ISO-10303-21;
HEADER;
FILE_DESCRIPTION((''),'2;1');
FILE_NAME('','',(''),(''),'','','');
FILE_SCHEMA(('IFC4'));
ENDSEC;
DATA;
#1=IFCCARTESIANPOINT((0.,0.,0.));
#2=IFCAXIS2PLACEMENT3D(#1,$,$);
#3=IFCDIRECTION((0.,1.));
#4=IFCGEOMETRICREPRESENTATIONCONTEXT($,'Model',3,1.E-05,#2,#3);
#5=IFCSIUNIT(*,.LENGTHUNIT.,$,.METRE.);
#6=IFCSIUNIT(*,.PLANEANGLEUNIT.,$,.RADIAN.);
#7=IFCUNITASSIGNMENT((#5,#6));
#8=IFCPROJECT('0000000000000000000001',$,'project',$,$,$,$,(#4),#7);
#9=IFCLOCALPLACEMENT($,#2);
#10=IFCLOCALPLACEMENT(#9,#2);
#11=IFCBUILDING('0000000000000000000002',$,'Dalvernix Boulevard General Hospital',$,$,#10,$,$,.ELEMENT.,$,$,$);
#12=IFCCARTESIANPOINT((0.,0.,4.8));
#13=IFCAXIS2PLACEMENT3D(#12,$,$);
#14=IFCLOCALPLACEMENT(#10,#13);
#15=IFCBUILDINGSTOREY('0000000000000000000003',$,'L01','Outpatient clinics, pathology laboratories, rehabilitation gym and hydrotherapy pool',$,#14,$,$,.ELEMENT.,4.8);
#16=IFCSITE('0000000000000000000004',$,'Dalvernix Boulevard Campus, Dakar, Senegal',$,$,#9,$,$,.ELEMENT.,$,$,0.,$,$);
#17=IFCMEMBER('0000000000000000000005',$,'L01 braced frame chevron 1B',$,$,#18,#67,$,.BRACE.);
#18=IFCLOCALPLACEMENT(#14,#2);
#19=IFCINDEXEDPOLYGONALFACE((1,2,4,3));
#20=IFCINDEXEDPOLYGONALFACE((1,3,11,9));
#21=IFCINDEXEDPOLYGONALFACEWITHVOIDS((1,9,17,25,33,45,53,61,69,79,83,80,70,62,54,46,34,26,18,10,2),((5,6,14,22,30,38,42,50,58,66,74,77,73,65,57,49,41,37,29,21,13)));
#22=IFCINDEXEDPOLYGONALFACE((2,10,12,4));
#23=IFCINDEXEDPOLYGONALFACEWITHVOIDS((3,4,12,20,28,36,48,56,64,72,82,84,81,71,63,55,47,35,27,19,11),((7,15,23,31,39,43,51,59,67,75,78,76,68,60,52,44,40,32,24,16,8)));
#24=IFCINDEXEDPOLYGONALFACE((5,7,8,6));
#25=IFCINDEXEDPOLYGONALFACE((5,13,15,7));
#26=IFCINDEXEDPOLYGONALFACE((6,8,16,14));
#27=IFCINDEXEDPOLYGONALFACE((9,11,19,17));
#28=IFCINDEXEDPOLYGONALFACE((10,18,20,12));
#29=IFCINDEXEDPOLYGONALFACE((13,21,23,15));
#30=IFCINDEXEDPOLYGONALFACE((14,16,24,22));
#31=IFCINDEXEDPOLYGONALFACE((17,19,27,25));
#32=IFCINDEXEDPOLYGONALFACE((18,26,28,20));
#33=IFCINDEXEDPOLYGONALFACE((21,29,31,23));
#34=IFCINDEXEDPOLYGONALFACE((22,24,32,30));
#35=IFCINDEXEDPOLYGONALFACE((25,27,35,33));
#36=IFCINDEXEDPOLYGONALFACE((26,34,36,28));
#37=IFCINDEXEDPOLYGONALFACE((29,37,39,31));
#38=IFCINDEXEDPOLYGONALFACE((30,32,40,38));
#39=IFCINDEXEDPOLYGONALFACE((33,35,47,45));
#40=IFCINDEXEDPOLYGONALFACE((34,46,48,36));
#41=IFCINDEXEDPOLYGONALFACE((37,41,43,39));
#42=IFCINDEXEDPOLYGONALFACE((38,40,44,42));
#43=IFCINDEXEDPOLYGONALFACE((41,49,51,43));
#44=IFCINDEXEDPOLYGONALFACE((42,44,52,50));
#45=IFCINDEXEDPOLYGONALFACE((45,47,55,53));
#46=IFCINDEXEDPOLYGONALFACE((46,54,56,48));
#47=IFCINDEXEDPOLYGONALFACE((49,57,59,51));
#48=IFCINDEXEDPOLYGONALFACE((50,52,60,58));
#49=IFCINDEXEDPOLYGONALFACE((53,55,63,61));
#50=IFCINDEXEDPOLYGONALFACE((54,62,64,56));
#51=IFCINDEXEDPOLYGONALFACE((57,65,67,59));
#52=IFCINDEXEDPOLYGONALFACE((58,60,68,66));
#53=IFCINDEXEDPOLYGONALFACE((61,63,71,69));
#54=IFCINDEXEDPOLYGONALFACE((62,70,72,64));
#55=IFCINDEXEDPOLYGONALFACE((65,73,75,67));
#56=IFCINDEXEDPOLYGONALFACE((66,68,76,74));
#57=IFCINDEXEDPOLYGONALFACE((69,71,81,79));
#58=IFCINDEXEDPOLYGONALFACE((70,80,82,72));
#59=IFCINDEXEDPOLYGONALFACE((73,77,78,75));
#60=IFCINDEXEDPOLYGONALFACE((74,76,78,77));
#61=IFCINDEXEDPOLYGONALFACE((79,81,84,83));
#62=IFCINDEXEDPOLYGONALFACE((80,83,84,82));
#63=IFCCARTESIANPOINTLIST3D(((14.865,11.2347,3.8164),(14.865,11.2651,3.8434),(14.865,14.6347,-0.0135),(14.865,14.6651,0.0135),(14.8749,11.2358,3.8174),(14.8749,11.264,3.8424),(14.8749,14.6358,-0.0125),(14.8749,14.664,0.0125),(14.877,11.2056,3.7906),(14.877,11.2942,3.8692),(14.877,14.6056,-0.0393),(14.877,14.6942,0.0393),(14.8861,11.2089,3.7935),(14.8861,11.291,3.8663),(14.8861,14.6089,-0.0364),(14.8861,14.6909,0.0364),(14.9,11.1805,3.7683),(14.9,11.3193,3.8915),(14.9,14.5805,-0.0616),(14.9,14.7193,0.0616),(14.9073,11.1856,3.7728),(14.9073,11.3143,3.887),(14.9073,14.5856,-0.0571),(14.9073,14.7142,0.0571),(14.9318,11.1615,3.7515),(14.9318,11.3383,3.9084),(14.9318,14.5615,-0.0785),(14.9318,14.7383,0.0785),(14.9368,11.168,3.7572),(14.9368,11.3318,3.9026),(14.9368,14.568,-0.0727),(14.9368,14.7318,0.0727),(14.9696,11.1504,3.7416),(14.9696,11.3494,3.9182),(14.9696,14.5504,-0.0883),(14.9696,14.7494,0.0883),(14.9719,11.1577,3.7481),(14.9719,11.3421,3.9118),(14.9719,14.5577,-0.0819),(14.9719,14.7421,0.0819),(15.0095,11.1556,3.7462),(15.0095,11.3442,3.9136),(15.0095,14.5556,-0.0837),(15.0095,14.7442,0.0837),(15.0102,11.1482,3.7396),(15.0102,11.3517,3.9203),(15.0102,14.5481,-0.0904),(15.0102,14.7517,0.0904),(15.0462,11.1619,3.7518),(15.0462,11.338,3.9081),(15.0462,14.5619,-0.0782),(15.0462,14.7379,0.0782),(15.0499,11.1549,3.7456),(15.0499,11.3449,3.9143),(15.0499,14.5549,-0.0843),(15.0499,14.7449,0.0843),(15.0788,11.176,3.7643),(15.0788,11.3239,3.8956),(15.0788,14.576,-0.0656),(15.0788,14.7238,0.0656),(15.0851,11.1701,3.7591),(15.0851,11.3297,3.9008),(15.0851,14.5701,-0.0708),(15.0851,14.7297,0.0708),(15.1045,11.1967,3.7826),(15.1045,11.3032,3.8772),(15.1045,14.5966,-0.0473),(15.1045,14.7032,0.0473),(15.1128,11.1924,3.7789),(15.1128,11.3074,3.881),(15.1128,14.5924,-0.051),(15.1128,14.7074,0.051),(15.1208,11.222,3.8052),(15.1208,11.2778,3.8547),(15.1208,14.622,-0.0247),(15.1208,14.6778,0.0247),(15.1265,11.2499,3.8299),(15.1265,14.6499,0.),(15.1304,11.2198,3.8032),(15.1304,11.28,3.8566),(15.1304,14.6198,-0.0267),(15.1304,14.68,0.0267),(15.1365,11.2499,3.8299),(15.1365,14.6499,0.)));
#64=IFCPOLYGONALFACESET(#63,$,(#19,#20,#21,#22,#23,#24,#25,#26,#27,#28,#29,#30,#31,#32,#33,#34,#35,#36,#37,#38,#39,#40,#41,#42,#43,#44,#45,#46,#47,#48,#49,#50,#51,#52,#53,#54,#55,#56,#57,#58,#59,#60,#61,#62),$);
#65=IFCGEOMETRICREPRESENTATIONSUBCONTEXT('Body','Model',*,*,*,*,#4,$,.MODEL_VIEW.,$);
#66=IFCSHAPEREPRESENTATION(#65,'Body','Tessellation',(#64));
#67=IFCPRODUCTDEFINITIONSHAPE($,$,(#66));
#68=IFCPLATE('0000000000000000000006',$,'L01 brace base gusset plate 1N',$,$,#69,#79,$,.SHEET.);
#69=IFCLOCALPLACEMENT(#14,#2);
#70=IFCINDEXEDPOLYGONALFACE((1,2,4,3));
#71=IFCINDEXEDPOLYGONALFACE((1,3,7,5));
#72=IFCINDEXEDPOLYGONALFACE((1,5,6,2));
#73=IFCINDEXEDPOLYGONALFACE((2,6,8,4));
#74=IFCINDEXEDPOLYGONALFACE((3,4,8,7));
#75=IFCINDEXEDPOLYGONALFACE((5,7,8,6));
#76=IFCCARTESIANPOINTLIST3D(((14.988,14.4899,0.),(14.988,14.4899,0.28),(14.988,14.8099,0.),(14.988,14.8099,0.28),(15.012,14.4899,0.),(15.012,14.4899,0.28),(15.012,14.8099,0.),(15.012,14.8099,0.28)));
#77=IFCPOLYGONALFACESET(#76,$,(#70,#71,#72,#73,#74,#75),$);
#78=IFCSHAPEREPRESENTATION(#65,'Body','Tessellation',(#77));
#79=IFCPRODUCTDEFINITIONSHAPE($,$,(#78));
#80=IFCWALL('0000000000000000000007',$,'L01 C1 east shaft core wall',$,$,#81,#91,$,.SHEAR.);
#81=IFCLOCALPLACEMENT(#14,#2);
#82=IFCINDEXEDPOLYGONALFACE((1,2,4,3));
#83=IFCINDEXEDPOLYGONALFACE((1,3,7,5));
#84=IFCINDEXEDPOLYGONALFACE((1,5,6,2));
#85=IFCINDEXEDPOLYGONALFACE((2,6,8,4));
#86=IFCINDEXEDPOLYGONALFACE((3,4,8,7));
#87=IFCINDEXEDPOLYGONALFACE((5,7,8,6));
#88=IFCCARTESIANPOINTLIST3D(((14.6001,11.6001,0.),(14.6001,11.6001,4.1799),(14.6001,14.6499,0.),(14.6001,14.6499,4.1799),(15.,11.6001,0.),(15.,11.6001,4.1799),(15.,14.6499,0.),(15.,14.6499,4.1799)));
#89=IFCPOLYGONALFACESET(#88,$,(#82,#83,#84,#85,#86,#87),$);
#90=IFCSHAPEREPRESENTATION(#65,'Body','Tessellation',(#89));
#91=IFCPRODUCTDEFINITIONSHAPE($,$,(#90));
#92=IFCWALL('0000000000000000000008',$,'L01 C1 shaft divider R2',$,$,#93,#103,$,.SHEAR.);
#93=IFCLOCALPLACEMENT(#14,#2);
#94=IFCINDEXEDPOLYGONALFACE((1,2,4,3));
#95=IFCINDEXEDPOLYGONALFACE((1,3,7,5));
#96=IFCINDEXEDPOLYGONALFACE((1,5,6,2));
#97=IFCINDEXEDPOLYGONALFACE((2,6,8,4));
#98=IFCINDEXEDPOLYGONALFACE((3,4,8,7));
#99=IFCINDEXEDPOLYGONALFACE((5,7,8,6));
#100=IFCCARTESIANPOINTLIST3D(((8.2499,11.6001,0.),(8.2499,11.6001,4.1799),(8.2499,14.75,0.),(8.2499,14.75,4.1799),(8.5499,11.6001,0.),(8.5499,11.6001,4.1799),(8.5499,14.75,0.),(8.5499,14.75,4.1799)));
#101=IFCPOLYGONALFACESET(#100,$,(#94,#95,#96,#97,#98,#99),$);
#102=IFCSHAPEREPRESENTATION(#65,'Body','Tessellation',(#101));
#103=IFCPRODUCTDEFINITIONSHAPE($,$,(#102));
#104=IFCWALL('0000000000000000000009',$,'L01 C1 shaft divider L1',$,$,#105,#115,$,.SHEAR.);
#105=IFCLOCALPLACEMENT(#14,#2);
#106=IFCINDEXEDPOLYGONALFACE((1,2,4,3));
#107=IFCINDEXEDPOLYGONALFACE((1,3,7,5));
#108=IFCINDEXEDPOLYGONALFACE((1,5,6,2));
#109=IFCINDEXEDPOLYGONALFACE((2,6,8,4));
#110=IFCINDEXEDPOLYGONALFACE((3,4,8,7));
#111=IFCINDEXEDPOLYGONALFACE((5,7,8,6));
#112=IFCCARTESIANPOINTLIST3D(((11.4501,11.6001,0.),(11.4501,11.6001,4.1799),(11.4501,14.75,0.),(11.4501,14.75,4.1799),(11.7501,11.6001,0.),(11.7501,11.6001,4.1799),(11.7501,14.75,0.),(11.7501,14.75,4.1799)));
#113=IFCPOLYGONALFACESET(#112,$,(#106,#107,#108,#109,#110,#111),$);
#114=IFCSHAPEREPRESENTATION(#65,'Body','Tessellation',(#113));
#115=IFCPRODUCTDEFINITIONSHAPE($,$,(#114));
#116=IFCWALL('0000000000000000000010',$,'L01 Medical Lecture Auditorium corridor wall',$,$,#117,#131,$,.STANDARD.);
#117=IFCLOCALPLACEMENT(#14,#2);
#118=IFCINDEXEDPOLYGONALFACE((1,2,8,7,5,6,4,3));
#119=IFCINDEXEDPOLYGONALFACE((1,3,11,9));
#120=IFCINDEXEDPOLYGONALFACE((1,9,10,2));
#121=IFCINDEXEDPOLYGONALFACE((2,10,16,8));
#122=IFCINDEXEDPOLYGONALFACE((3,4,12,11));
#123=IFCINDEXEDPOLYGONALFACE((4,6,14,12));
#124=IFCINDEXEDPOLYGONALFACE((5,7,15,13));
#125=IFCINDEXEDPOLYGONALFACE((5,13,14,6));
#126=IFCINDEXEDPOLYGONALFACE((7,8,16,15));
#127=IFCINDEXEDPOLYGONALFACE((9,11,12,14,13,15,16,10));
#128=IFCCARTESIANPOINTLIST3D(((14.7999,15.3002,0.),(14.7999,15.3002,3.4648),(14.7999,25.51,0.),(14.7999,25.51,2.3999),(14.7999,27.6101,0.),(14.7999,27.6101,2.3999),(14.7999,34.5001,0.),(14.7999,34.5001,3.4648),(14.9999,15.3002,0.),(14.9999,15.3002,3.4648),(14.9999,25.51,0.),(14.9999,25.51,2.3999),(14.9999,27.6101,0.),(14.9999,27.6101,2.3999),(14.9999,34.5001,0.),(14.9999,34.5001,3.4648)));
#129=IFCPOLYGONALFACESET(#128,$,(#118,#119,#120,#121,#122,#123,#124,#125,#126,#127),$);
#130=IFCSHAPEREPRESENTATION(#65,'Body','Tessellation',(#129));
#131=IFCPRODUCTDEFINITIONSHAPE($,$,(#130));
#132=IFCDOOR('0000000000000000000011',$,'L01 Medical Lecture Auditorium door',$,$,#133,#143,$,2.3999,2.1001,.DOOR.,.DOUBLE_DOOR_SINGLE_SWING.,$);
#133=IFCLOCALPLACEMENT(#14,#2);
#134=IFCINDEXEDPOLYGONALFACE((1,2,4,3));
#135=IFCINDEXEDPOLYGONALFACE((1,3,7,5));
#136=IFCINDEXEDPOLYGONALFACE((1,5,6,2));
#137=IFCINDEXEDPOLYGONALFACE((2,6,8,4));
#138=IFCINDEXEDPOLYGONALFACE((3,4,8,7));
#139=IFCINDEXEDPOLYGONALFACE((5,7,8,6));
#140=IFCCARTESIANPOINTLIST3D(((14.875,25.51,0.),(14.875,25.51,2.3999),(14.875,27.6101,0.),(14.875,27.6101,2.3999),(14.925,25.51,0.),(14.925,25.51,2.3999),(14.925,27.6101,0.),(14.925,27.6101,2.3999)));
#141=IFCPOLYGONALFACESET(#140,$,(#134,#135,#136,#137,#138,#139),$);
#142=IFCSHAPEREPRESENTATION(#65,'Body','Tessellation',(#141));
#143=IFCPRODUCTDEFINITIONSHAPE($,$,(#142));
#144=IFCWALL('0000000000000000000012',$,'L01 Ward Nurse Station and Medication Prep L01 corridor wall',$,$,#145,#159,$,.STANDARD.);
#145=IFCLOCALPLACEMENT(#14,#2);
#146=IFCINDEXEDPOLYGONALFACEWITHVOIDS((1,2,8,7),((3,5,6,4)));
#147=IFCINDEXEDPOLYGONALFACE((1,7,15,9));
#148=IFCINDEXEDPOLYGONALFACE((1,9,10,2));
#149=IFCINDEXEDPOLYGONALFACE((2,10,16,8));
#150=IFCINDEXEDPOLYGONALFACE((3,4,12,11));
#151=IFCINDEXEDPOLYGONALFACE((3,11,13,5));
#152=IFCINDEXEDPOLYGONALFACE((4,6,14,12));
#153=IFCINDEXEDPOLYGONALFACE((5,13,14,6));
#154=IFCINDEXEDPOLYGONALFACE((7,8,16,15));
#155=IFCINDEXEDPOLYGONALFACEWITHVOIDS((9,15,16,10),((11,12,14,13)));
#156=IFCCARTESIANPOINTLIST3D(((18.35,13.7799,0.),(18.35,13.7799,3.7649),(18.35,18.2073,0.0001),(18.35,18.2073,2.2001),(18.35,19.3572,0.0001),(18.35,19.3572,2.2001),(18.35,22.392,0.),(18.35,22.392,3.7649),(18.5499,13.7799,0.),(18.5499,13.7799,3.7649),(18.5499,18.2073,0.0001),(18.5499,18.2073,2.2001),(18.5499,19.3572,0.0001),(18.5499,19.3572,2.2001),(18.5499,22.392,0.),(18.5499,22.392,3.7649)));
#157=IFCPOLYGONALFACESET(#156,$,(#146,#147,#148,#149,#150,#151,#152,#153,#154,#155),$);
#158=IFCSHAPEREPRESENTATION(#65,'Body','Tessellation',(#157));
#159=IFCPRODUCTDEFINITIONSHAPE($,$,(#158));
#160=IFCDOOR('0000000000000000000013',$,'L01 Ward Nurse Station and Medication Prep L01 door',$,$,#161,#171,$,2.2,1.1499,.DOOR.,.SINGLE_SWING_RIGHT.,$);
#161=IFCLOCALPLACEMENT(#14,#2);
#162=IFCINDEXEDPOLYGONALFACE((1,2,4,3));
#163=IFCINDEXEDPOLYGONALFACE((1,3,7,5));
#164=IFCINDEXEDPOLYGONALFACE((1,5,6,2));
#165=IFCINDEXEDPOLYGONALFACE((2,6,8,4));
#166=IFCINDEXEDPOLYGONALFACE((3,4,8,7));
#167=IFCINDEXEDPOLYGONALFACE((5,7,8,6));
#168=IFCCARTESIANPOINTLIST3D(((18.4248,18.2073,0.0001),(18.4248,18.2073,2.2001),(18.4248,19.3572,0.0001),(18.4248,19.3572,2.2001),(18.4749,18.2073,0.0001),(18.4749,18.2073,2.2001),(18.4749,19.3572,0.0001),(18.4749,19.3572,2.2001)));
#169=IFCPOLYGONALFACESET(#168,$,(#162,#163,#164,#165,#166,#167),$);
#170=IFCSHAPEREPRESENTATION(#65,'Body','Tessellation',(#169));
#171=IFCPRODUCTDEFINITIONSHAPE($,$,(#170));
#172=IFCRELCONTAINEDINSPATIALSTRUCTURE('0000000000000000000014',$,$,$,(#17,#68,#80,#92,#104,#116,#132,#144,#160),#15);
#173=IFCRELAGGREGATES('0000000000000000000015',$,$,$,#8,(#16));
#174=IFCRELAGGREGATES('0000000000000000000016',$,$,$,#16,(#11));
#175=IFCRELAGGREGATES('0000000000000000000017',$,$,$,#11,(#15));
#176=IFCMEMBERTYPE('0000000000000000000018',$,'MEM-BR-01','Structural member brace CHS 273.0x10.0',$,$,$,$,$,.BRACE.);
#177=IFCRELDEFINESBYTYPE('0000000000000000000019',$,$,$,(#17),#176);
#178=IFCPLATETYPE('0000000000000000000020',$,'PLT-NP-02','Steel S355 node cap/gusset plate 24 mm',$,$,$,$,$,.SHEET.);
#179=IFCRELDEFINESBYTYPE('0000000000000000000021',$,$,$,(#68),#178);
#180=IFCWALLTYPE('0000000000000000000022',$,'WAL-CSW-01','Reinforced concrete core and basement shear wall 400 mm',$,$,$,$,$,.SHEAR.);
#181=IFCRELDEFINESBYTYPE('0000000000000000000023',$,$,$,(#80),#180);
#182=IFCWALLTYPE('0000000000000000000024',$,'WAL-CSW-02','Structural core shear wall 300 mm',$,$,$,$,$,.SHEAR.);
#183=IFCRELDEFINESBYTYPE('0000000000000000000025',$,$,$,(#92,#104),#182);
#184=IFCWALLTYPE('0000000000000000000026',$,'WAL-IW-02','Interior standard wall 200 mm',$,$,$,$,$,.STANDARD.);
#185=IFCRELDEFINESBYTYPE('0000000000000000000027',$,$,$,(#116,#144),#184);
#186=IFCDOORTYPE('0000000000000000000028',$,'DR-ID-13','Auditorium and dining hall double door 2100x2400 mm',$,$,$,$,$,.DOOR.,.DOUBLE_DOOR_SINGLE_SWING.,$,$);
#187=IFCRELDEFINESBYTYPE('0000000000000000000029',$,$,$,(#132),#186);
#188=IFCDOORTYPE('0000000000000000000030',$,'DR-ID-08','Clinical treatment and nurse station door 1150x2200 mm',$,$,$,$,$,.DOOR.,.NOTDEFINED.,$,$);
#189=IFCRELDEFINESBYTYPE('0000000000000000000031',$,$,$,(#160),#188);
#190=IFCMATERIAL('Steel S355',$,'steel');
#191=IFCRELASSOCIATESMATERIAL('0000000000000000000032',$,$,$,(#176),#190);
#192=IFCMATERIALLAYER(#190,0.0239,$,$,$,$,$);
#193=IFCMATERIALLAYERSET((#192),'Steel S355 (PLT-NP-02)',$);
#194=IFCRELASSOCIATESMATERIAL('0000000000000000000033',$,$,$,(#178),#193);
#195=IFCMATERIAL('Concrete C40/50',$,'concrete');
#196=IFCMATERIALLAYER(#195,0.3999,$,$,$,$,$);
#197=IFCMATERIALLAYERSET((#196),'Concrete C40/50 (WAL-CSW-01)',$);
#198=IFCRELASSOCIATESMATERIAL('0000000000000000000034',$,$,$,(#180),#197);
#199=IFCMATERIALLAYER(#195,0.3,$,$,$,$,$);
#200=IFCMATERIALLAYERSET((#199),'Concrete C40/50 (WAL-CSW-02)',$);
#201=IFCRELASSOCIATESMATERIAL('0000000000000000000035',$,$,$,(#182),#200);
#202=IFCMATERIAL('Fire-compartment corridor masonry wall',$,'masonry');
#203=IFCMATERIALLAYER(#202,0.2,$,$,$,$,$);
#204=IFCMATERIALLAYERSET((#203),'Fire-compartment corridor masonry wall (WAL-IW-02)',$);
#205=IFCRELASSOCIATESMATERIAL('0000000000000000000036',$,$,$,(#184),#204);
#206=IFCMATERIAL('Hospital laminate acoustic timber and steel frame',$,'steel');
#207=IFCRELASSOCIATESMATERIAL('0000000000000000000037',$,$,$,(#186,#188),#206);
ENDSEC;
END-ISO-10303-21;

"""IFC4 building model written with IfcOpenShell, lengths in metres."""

from ifc_helpers import new_model, si_unit, direction, frame, frame_2d, origin, origin_2d, place, context, subcontext, project, spatial, rectangle, hollow_circle, extrude, material, layer, layer_set, material_profile, profile_set, type_object, element, fill, save


model = new_model("IFC4")

# Units and contexts
model_context = context("Model", 3, precision=1e-05, world=origin(), true_north=direction((0.0, 1.0)))
body_context = subcontext(model_context, "Body", "Model", "MODEL_VIEW")
ifc_project = project(units=[si_unit("LENGTHUNIT", "METRE"), si_unit("PLANEANGLEUNIT", "RADIAN")], contexts=[model_context])

# Site, building, storey
site_placement = place(None, origin())
site = spatial("IfcSite", under=ifc_project, at=site_placement, Name="Dalvernix Boulevard Campus, Dakar, Senegal", CompositionType="ELEMENT", RefElevation=0.0)
building_placement = place(site_placement, origin())
building = spatial("IfcBuilding", under=site, at=building_placement, Name="Dalvernix Boulevard General Hospital", CompositionType="ELEMENT")
storey_placement = place(building_placement, frame((0.0, 0.0, 4.8)))
storey = spatial("IfcBuildingStorey", under=building, at=storey_placement, Name="L01", Description="Outpatient clinics, pathology laboratories, rehabilitation gym and hydrotherapy pool", CompositionType="ELEMENT", Elevation=4.8)

# Shared definitions
ifc_material_1 = material(Name="Concrete C40/50", Category="concrete")

# Member
ifc_material_2 = material(Name="Steel S355", Category="steel")
ifc_material_profile_1 = material_profile(ifc_material_2, hollow_circle(Radius=0.1365, WallThickness=0.01, at=origin_2d()), Name="CHS 273.0x10.0")
ifc_profile_set_1 = profile_set([ifc_material_profile_1], Name="Steel S355")
member_type = type_object("IfcMemberType", Name="MEM-BR-01", Description="Structural member brace CHS 273.0x10.0", PredefinedType="BRACE", material=ifc_profile_set_1)
member_placement = place(storey_placement, frame((15.0, 14.6499, 0.0), z_axis=(0.0, -0.663884, 0.747835), x_axis=(1.0, 0.0, 0.0)))
element("IfcMember", 1, at=member_placement, inside=storey, type_object=member_type, Name="L01 braced frame chevron 1B", PredefinedType="BRACE", context=body_context, shape_type="SweptSolid", body=[
    extrude(hollow_circle(Radius=0.1365, WallThickness=0.01, at=origin_2d()), origin(), (0.0, 0.0, 1.0), 5.1213),
])

# Plate
ifc_layer_1 = layer(ifc_material_2, 0.0239)
ifc_layer_set_1 = layer_set([ifc_layer_1], Name="Steel S355 (PLT-NP-02)")
plate_type = type_object("IfcPlateType", Name="PLT-NP-02", Description="Steel S355 node cap/gusset plate 24 mm", PredefinedType="SHEET", material=ifc_layer_set_1)
plate_placement = place(storey_placement, frame((15.0, 14.6499, 0.0), z_axis=(0.0, 0.0, 1.0), x_axis=(0.0, 1.0, 0.0)))
element("IfcPlate", 2, at=plate_placement, inside=storey, type_object=plate_type, Name="L01 brace base gusset plate 1N", PredefinedType="SHEET", context=body_context, shape_type="SweptSolid", body=[
    extrude(rectangle(XDim=0.3201, YDim=0.0239, at=origin_2d()), origin(), (0.0, 0.0, 1.0), 0.28),
])

# Walls
ifc_layer_2 = layer(ifc_material_1, 0.3999)
ifc_layer_set_2 = layer_set([ifc_layer_2], Name="Concrete C40/50 (WAL-CSW-01)")
wall_type_1 = type_object("IfcWallType", Name="WAL-CSW-01", Description="Reinforced concrete core and basement shear wall 400 mm", PredefinedType="SHEAR", material=ifc_layer_set_2)
wall_1_placement = place(storey_placement, frame((14.8, 11.6001, 0.0), z_axis=(0.0, 0.0, 1.0), x_axis=(0.0, 1.0, 0.0)))
element("IfcWall", 3, at=wall_1_placement, inside=storey, type_object=wall_type_1, Name="L01 C1 east shaft core wall", PredefinedType="SHEAR", context=body_context, shape_type="SweptSolid", body=[
    extrude(rectangle(XDim=3.0498, YDim=0.3999, at=frame_2d((1.5249, 0.0))), origin(), (0.0, 0.0, 1.0), 4.1799),
])
ifc_layer_3 = layer(ifc_material_1, 0.3)
ifc_layer_set_3 = layer_set([ifc_layer_3], Name="Concrete C40/50 (WAL-CSW-02)")
wall_type_2 = type_object("IfcWallType", Name="WAL-CSW-02", Description="Structural core shear wall 300 mm", PredefinedType="SHEAR", material=ifc_layer_set_3)
for number, where, z_axis, x_axis, name in (
    (4, (8.3999, 11.6001, 0.0), (0.0, 0.0, 1.0), (0.0, 1.0, 0.0), "L01 C1 shaft divider R2"),
    (5, (11.6001, 11.6001, 0.0), (0.0, 0.0, 1.0), (0.0, 1.0, 0.0), "L01 C1 shaft divider L1"),
):
    element("IfcWall", number, at=place(storey_placement, frame(where, z_axis=z_axis, x_axis=x_axis)), inside=storey, type_object=wall_type_2, Name=name, PredefinedType="SHEAR", context=body_context, shape_type="SweptSolid", body=[
        extrude(rectangle(XDim=3.1499, YDim=0.3, at=frame_2d((1.575, 0.0))), origin(), (0.0, 0.0, 1.0), 4.1799),
    ])

# Walls, openings, doors
ifc_material_3 = material(Name="Fire-compartment corridor masonry wall", Category="masonry")
ifc_layer_4 = layer(ifc_material_3, 0.2)
ifc_layer_set_4 = layer_set([ifc_layer_4], Name="Fire-compartment corridor masonry wall (WAL-IW-02)")
wall_type_3 = type_object("IfcWallType", Name="WAL-IW-02", Description="Interior standard wall 200 mm", PredefinedType="STANDARD", material=ifc_layer_set_4)
wall_2_placement = place(storey_placement, frame((14.8999, 15.3, 0.0), z_axis=(0.0, 0.0, 1.0), x_axis=(0.0, 1.0, 0.0)))
wall_2 = element("IfcWall", 6, at=wall_2_placement, inside=storey, type_object=wall_type_3, Name="L01 Medical Lecture Auditorium corridor wall", PredefinedType="STANDARD", context=body_context, shape_type="SweptSolid", body=[
    extrude(rectangle(XDim=19.2, YDim=0.2, at=frame_2d((9.6001, 0.0))), origin(), (0.0, 0.0, 1.0), 3.4648),
])
opening_1_placement = place(wall_2_placement, frame((10.21, 0.0, 0.0)))
opening_1 = element("IfcOpeningElement", 7, at=opening_1_placement, cuts=wall_2, PredefinedType="OPENING", context=body_context, shape_type="SweptSolid", body=[
    extrude(rectangle(XDim=2.1001, YDim=2.3999, at=frame_2d((1.05, 1.2))), frame((0.0, 0.1099, 0.0), z_axis=(0.0, -1.0, 0.0), x_axis=(1.0, 0.0, 0.0)), (0.0, 0.0, 1.0), 0.22),
])
ifc_material_4 = material(Name="Hospital laminate acoustic timber and steel frame", Category="steel")
door_type_1 = type_object("IfcDoorType", Name="DR-ID-13", Description="Auditorium and dining hall double door 2100x2400 mm", OperationType="DOUBLE_DOOR_SINGLE_SWING", PredefinedType="DOOR", material=ifc_material_4)
door_1_placement = place(opening_1_placement, origin())
door_1 = element("IfcDoor", 8, at=door_1_placement, inside=storey, type_object=door_type_1, Name="L01 Medical Lecture Auditorium door", OperationType="DOUBLE_DOOR_SINGLE_SWING", OverallHeight=2.3999, OverallWidth=2.1001, PredefinedType="DOOR", context=body_context, shape_type="SweptSolid", body=[
    extrude(rectangle(XDim=2.1001, YDim=2.3999, at=frame_2d((1.05, 1.2))), frame((0.0, 0.0249, 0.0), z_axis=(0.0, -1.0, 0.0), x_axis=(1.0, 0.0, 0.0)), (0.0, 0.0, 1.0), 0.05),
])
fill(opening_1, door_1)
wall_3_placement = place(storey_placement, frame((18.45, 22.3921, 0.0), z_axis=(0.0, 0.0, 1.0), x_axis=(0.0, -1.0, 0.0)))
wall_3 = element("IfcWall", 9, at=wall_3_placement, inside=storey, type_object=wall_type_3, Name="L01 Ward Nurse Station and Medication Prep L01 corridor wall", PredefinedType="STANDARD", context=body_context, shape_type="SweptSolid", body=[
    extrude(rectangle(XDim=8.6121, YDim=0.2, at=frame_2d((4.3062, 0.0))), origin(), (0.0, 0.0, 1.0), 3.7649),
])
opening_2_placement = place(wall_3_placement, frame((3.0349, 0.0, 0.0)))
opening_2 = element("IfcOpeningElement", 10, at=opening_2_placement, cuts=wall_3, PredefinedType="OPENING", context=body_context, shape_type="SweptSolid", body=[
    extrude(rectangle(XDim=1.1499, YDim=2.2, at=frame_2d((0.575, 1.1001))), frame((0.0, 0.1099, 0.0), z_axis=(0.0, -1.0, 0.0), x_axis=(1.0, 0.0, 0.0)), (0.0, 0.0, 1.0), 0.22),
])
door_type_2 = type_object("IfcDoorType", Name="DR-ID-08", Description="Clinical treatment and nurse station door 1150x2200 mm", OperationType="NOTDEFINED", PredefinedType="DOOR", material=ifc_material_4)
door_2_placement = place(opening_2_placement, origin())
door_2 = element("IfcDoor", 11, at=door_2_placement, inside=storey, type_object=door_type_2, Name="L01 Ward Nurse Station and Medication Prep L01 door", OperationType="SINGLE_SWING_RIGHT", OverallHeight=2.2, OverallWidth=1.1499, PredefinedType="DOOR", context=body_context, shape_type="SweptSolid", body=[
    extrude(rectangle(XDim=1.1499, YDim=2.2, at=frame_2d((0.575, 1.1001))), frame((0.0, 0.0249, 0.0), z_axis=(0.0, -1.0, 0.0), x_axis=(1.0, 0.0, 0.0)), (0.0, 0.0, 1.0), 0.05),
])
fill(opening_2, door_2)

save(model, "model.ifc")
